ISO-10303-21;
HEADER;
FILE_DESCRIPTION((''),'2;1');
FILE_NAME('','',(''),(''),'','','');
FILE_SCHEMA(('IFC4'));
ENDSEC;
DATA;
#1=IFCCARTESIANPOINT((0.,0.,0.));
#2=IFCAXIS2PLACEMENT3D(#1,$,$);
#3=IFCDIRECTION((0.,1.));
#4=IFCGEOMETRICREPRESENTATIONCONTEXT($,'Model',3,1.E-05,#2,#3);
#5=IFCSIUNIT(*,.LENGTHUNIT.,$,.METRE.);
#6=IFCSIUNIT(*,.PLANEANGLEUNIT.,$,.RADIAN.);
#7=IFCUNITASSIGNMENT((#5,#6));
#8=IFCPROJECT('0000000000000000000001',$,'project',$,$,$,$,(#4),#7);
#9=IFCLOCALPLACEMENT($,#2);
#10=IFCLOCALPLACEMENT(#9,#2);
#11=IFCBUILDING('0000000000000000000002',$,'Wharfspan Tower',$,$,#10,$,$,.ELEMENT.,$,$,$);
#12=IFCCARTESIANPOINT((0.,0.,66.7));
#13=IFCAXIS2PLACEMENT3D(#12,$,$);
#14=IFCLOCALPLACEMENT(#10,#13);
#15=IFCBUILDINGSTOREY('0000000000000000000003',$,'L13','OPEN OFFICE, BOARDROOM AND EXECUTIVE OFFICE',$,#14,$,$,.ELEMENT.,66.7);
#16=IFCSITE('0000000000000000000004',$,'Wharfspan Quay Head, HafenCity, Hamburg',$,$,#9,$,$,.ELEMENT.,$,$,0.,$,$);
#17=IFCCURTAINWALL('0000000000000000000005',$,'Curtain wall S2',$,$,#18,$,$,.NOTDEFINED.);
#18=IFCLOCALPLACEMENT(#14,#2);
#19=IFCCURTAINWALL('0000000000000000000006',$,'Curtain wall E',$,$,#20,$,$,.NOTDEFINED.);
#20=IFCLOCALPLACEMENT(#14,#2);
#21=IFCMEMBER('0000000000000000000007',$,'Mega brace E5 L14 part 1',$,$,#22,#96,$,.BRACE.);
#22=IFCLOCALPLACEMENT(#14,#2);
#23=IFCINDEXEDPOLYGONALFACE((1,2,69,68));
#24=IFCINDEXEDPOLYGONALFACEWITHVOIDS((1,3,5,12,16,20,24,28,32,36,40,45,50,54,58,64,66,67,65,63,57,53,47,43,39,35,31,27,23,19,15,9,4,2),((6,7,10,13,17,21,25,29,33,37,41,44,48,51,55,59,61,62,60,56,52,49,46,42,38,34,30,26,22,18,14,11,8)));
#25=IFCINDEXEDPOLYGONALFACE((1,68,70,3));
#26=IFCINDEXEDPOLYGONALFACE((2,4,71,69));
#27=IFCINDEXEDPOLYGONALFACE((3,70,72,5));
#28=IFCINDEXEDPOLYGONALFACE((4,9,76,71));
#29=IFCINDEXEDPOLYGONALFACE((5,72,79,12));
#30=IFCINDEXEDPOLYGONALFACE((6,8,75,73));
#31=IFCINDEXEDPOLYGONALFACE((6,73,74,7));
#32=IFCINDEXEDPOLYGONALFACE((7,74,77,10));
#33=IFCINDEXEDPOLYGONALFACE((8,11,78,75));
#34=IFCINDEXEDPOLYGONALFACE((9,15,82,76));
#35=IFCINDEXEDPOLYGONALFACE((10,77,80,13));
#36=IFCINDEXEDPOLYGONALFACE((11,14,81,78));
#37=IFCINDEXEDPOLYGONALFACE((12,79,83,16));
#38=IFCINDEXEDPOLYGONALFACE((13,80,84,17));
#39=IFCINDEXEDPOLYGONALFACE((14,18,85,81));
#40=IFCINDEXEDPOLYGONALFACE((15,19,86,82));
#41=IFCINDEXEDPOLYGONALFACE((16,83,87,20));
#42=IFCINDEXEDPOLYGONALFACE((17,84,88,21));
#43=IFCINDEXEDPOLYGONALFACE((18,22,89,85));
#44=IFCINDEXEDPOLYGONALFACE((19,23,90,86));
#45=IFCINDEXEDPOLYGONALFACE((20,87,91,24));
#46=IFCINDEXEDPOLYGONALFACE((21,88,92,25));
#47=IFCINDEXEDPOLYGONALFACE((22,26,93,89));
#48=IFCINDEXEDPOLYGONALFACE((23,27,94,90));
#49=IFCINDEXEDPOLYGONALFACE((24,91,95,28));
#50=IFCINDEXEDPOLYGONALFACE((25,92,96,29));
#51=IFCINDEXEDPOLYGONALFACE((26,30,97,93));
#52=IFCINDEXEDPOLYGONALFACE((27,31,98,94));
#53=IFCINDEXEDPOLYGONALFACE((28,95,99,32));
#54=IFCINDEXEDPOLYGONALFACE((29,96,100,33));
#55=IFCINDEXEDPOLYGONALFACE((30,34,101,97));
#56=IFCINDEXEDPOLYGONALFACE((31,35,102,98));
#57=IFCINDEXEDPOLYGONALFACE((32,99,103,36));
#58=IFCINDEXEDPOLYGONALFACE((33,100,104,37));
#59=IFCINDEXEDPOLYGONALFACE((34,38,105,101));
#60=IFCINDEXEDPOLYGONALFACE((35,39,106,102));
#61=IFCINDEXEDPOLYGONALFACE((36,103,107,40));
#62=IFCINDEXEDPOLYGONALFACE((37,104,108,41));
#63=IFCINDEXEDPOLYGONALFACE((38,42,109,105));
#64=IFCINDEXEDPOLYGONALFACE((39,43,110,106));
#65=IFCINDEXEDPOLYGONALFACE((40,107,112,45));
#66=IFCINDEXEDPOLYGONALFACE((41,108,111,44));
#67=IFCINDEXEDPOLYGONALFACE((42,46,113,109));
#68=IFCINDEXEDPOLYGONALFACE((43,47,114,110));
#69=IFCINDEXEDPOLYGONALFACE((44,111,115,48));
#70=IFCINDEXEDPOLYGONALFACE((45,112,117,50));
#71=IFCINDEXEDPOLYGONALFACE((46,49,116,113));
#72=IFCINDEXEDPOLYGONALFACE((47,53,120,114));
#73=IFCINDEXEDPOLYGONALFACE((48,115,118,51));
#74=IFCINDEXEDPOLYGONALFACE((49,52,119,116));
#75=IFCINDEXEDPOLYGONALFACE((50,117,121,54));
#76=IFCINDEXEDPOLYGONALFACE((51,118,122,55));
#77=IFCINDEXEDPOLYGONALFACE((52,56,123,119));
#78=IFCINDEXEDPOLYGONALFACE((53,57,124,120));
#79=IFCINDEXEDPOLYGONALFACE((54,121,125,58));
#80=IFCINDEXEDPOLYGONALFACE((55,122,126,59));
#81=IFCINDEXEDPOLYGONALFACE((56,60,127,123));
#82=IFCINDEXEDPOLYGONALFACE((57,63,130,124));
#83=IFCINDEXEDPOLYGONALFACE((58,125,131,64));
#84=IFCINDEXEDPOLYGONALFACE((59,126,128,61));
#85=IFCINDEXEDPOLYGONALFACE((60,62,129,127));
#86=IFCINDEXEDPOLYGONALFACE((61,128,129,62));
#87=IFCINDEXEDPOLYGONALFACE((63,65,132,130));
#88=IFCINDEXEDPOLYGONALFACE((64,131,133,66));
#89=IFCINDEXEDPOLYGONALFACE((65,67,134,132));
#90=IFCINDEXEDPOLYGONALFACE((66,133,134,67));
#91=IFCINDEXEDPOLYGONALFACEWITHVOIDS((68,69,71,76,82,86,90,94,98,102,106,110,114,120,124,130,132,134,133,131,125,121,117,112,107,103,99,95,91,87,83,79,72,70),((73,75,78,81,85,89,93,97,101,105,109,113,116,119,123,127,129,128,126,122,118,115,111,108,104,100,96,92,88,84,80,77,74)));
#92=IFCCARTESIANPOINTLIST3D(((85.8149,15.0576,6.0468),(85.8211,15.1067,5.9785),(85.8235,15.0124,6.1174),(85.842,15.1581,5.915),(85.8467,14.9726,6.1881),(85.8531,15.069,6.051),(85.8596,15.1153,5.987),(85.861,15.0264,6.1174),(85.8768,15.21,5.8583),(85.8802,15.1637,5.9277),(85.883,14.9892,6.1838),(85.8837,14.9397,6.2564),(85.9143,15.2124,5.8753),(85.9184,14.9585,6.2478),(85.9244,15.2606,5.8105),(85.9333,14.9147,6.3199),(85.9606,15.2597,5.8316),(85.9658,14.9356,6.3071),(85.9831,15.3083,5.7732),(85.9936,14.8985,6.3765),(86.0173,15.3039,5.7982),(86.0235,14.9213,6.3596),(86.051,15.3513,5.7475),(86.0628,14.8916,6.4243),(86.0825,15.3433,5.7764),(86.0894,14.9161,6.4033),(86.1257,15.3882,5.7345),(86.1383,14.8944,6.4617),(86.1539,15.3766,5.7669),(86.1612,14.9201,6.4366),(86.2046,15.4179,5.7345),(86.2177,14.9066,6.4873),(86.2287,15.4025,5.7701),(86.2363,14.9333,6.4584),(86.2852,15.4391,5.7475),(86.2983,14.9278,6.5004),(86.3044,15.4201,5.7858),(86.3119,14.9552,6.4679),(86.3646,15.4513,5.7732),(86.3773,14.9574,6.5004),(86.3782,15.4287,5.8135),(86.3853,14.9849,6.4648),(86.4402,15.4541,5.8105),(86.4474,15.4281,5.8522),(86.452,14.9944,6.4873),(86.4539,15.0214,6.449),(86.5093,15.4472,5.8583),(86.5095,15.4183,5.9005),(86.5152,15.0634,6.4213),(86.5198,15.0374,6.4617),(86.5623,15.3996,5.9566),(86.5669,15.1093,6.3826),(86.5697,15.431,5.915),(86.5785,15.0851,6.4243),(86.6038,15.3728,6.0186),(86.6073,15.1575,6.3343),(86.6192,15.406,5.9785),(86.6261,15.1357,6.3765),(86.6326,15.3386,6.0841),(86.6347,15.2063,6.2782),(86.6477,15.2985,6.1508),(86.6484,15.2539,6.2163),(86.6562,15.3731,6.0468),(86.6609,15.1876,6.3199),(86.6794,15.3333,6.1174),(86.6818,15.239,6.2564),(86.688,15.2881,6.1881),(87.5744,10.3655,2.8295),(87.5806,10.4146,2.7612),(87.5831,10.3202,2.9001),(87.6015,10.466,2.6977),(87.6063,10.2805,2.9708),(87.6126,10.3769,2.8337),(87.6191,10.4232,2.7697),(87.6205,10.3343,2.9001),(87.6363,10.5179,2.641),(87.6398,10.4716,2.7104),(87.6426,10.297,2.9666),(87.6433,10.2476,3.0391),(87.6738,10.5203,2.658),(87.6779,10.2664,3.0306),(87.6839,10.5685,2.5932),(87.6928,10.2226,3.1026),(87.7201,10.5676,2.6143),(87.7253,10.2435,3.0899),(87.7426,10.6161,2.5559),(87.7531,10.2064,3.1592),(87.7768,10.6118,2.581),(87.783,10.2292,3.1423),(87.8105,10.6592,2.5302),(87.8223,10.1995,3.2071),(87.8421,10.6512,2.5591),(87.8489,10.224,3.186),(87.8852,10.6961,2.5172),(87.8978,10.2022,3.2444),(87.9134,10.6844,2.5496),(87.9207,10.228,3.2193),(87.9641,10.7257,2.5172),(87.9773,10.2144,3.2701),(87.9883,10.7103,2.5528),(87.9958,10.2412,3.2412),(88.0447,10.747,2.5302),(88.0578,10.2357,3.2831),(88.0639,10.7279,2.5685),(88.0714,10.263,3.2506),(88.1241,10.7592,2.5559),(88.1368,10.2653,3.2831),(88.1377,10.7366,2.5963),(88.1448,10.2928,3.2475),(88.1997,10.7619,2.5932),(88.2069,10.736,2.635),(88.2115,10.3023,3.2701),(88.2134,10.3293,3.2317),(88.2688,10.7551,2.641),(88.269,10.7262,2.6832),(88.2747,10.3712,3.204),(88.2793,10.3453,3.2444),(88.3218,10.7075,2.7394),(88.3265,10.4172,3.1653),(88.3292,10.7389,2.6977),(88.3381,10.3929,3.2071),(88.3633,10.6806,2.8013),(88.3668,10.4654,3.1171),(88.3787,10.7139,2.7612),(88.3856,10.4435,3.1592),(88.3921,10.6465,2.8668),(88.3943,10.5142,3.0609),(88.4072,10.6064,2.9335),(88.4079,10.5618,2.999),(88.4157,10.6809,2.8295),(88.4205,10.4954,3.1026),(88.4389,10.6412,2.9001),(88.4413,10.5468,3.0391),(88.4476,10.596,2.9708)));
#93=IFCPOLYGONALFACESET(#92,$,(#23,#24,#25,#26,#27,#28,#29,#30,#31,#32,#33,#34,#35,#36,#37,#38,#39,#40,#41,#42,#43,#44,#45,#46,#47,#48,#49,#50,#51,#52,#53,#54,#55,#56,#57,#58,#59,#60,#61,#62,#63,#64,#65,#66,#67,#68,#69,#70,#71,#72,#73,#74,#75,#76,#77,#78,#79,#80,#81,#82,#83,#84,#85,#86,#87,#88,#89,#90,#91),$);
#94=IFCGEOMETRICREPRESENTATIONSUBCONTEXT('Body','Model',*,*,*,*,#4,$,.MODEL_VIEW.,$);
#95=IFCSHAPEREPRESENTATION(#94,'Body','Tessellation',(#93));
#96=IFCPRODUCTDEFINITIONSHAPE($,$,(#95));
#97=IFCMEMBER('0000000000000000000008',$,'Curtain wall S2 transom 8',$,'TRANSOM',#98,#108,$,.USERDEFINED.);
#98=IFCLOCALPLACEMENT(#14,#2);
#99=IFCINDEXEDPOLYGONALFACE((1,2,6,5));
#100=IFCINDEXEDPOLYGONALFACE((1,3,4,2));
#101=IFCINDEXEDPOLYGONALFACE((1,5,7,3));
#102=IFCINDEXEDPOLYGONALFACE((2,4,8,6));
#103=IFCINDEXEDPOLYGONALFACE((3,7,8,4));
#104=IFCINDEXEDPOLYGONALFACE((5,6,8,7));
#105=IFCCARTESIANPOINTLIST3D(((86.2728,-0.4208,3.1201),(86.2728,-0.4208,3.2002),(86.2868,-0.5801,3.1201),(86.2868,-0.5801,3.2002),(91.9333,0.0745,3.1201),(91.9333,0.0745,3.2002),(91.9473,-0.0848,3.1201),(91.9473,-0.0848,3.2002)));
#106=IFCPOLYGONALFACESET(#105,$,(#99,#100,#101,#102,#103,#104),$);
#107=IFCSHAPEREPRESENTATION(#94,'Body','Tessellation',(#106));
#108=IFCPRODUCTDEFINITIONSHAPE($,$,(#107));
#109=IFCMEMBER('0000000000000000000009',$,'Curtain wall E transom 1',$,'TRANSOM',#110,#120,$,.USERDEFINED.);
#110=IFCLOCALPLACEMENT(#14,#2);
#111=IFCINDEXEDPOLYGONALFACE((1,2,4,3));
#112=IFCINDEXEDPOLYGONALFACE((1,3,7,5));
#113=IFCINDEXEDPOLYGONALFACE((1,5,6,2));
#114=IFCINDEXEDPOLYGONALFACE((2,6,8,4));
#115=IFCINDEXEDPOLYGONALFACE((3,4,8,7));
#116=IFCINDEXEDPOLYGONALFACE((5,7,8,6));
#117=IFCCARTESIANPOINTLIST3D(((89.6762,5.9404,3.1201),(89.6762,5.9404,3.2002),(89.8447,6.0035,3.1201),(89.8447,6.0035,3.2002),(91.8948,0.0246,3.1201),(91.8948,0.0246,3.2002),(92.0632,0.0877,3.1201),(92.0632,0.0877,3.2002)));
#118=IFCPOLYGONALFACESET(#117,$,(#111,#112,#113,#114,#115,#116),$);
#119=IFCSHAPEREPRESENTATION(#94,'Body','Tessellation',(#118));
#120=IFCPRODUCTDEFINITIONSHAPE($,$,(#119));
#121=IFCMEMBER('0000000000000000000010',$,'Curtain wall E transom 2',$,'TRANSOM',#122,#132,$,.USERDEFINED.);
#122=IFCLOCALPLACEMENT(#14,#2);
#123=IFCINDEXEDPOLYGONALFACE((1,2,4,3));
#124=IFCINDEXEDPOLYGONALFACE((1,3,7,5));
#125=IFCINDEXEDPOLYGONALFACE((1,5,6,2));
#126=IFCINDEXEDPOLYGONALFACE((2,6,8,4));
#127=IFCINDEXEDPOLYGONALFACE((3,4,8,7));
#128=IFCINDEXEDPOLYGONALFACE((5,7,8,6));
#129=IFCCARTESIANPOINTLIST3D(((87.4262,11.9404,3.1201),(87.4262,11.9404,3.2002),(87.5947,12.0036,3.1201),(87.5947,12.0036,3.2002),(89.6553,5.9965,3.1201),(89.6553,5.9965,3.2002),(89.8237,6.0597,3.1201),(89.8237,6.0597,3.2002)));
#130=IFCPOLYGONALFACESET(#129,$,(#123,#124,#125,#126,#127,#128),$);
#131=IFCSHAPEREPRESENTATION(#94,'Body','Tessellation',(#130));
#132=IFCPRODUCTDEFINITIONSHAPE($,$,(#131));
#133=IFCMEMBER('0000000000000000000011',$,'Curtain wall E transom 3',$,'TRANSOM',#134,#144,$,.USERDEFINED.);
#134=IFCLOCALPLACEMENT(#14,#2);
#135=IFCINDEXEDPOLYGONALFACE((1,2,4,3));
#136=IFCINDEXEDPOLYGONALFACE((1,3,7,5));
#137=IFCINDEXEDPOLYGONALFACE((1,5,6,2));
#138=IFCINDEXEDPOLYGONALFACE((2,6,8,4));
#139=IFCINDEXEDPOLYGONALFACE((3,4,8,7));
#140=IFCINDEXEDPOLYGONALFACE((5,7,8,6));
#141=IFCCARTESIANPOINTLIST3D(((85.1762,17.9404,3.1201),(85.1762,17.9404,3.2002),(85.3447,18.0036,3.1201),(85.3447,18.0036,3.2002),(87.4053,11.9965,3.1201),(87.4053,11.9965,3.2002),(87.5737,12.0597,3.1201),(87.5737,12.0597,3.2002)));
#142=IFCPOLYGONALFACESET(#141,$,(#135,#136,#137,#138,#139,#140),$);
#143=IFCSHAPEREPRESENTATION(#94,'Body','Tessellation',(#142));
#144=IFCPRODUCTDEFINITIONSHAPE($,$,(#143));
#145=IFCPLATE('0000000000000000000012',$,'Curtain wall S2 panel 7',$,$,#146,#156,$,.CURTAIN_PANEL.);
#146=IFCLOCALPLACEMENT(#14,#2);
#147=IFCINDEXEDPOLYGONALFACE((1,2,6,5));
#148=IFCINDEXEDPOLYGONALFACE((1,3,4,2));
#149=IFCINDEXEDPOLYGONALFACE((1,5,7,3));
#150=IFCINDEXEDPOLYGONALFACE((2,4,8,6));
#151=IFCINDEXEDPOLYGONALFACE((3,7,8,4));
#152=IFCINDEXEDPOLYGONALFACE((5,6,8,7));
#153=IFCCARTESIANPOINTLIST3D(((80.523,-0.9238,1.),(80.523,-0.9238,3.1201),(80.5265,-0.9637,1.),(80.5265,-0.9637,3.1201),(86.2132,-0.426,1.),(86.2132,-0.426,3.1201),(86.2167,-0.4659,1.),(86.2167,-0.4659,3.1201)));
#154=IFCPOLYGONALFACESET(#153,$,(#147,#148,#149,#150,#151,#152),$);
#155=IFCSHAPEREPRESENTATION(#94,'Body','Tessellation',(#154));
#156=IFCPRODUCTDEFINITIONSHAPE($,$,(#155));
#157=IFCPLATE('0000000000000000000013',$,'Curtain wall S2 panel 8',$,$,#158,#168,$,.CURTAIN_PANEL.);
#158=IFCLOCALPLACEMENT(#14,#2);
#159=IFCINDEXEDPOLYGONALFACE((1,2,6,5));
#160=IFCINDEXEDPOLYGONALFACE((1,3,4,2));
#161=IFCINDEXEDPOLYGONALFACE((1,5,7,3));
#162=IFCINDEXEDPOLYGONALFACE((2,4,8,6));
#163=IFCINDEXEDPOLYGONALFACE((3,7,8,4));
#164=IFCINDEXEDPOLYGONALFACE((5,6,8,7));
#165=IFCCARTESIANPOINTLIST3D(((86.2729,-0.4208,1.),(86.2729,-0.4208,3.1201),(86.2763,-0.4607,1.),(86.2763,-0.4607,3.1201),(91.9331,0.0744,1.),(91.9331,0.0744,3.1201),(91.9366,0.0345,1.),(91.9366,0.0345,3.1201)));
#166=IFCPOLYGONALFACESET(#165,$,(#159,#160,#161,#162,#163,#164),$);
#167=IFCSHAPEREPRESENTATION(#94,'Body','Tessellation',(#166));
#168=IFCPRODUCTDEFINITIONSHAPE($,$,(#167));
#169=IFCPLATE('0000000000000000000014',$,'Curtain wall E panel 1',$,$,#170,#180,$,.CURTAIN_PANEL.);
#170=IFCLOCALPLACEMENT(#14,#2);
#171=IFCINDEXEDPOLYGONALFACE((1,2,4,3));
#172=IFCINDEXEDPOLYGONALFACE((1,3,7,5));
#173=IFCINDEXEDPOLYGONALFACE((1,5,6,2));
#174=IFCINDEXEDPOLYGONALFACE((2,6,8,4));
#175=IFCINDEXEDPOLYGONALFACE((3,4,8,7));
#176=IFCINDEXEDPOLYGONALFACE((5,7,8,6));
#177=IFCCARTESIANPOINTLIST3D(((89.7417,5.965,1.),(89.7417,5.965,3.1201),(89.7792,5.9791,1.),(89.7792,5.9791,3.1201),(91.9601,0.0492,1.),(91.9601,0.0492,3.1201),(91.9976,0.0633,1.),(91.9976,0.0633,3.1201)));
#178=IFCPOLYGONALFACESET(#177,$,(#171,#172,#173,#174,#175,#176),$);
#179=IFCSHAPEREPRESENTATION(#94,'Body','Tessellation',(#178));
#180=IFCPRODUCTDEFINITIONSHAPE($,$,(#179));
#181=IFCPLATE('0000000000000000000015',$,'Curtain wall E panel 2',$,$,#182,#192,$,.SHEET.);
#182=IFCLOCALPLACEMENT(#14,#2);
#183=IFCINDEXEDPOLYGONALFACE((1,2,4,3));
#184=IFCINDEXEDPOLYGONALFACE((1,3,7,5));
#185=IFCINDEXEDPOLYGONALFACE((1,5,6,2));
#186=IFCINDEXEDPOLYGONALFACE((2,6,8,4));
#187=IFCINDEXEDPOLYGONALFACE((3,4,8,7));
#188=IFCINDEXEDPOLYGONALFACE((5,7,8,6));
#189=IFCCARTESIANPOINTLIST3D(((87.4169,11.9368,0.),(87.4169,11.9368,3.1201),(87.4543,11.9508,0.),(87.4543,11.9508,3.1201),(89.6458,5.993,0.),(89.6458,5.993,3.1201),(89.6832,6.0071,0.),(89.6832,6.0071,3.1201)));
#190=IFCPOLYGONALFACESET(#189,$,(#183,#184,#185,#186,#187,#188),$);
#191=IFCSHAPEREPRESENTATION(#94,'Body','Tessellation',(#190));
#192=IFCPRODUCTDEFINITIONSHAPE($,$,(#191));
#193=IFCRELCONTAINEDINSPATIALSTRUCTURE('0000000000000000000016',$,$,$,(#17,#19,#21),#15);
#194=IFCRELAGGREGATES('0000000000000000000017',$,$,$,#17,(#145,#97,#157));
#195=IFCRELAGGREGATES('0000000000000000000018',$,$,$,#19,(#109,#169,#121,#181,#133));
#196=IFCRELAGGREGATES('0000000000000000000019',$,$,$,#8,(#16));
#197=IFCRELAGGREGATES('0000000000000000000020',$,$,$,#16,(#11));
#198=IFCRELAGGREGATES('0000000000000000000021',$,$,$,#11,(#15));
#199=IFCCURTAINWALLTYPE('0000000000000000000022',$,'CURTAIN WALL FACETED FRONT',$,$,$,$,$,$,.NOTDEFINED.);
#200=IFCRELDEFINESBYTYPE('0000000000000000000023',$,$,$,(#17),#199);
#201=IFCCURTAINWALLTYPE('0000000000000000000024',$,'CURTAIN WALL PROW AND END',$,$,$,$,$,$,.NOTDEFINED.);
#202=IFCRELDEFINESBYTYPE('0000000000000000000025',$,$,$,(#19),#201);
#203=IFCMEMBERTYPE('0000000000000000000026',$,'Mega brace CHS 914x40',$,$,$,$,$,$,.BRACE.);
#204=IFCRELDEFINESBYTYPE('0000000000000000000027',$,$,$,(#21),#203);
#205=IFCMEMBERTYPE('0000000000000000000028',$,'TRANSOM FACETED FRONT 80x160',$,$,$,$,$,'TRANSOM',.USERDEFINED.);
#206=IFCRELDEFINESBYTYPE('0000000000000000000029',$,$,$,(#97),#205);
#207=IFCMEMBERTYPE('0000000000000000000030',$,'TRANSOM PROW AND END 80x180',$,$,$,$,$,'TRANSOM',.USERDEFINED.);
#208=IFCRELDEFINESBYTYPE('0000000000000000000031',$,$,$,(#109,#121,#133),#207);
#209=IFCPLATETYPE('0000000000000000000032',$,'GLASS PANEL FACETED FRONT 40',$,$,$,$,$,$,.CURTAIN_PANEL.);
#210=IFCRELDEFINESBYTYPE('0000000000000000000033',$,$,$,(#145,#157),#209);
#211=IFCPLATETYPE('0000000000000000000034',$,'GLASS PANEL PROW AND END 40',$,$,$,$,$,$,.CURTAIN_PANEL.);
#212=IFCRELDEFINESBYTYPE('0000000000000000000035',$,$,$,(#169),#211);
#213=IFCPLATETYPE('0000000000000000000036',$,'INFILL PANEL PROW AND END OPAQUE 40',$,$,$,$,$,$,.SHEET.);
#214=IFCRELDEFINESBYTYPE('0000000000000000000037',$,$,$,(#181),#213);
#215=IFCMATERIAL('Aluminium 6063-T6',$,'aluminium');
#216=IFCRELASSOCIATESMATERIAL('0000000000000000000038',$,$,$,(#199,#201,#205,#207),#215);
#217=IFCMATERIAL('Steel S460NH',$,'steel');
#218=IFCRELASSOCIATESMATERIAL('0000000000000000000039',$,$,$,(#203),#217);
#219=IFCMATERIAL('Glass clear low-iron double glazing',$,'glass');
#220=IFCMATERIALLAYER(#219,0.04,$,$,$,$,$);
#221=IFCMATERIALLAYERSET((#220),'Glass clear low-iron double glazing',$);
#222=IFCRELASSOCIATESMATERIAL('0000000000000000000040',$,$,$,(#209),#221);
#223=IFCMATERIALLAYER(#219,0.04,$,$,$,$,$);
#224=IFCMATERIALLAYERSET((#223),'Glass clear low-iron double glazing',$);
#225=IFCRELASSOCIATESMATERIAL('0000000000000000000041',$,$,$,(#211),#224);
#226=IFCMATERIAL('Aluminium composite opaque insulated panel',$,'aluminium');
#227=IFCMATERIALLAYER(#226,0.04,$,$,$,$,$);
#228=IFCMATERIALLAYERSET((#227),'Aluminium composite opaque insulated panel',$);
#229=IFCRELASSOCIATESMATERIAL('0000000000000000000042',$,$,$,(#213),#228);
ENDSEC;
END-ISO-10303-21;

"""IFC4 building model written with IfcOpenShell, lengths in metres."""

from ifc_helpers import new_model, si_unit, direction, frame, origin, origin_2d, place, context, subcontext, project, spatial, rectangle, hollow_circle, extrude, material, layer, layer_set, material_profile, profile_set, type_object, element, aggregate, save


model = new_model("IFC4")

# Units and contexts
model_context = context("Model", 3, precision=1e-05, world=origin(), true_north=direction((0.0, 1.0)))
body_context = subcontext(model_context, "Body", "Model", "MODEL_VIEW")
ifc_project = project(units=[si_unit("LENGTHUNIT", "METRE"), si_unit("PLANEANGLEUNIT", "RADIAN")], contexts=[model_context])

# Site, building, storey
site_placement = place(None, origin())
site = spatial("IfcSite", under=ifc_project, at=site_placement, Name="Wharfspan Quay Head, HafenCity, Hamburg", CompositionType="ELEMENT", RefElevation=0.0)
building_placement = place(site_placement, origin())
building = spatial("IfcBuilding", under=site, at=building_placement, Name="Wharfspan Tower", CompositionType="ELEMENT")
storey_placement = place(building_placement, frame((0.0, 0.0, 66.7)))
storey = spatial("IfcBuildingStorey", under=building, at=storey_placement, Name="L13", Description="OPEN OFFICE, BOARDROOM AND EXECUTIVE OFFICE", CompositionType="ELEMENT", Elevation=66.7)

# Curtain walls
ifc_material_1 = material(Name="Aluminium 6063-T6", Category="aluminium")
curtain_wall_type_1 = type_object("IfcCurtainWallType", Name="CURTAIN WALL FACETED FRONT", PredefinedType="NOTDEFINED", material=ifc_material_1)
curtain_wall_1_placement = place(storey_placement, origin())
curtain_wall_1 = element("IfcCurtainWall", 1, at=curtain_wall_1_placement, inside=storey, type_object=curtain_wall_type_1, Name="Curtain wall S2", PredefinedType="NOTDEFINED")
curtain_wall_type_2 = type_object("IfcCurtainWallType", Name="CURTAIN WALL PROW AND END", PredefinedType="NOTDEFINED", material=ifc_material_1)
curtain_wall_2_placement = place(storey_placement, origin())
curtain_wall_2 = element("IfcCurtainWall", 2, at=curtain_wall_2_placement, inside=storey, type_object=curtain_wall_type_2, Name="Curtain wall E", PredefinedType="NOTDEFINED")

# Members
ifc_material_2 = material(Name="Steel S460NH", Category="steel")
ifc_material_profile_1 = material_profile(ifc_material_2, hollow_circle(Radius=0.457, WallThickness=0.04, at=origin_2d()))
ifc_profile_set_1 = profile_set([ifc_material_profile_1], Name="Steel S460NH")
member_type_1 = type_object("IfcMemberType", Name="Mega brace CHS 914x40", PredefinedType="BRACE", material=ifc_profile_set_1)
member_1_placement = place(storey_placement, frame((88.011, 10.4807, 2.9001), z_axis=(-0.295466, 0.787922, 0.540259), x_axis=(-0.936329, -0.351115, -0.000004)))
element("IfcMember", 3, at=member_1_placement, inside=storey, type_object=member_type_1, Name="Mega brace E5 L14 part 1", PredefinedType="BRACE", context=body_context, shape_type="SweptSolid", body=[
    extrude(hollow_circle(Radius=0.457, WallThickness=0.04, at=origin_2d()), origin(), (0.0, 0.0, 1.0), 5.9551),
])
ifc_material_profile_2 = material_profile(ifc_material_1, rectangle(XDim=0.1599, YDim=0.0801, at=origin_2d()))
ifc_profile_set_2 = profile_set([ifc_material_profile_2], Name="Aluminium 6063-T6")
member_type_2 = type_object("IfcMemberType", Name="TRANSOM FACETED FRONT 80x160", ElementType="TRANSOM", PredefinedType="USERDEFINED", material=ifc_profile_set_2)
member_2_placement = place(storey_placement, frame((86.2798, -0.5005, 3.1602), z_axis=(0.996193, 0.08718, 0.0), x_axis=(-0.08718, 0.996193, 0.0)))
member_2 = element("IfcMember", 4, at=member_2_placement, type_object=member_type_2, Name="Curtain wall S2 transom 8", ObjectType="TRANSOM", PredefinedType="USERDEFINED", context=body_context, shape_type="SweptSolid", body=[
    extrude(rectangle(XDim=0.1599, YDim=0.0801, at=origin_2d()), origin(), (0.0, 0.0, 1.0), 5.6821),
])
ifc_material_profile_3 = material_profile(ifc_material_1, rectangle(XDim=0.1799, YDim=0.0801, at=origin_2d()))
ifc_profile_set_3 = profile_set([ifc_material_profile_3], Name="Aluminium 6063-T6")
member_type_3 = type_object("IfcMemberType", Name="TRANSOM PROW AND END 80x180", ElementType="TRANSOM", PredefinedType="USERDEFINED", material=ifc_profile_set_3)
member_3_placement = place(storey_placement, frame((91.979, 0.0562, 3.1602), z_axis=(-0.351136, 0.936324, 0.0), x_axis=(-0.936324, -0.351136, 0.0)))
member_3 = element("IfcMember", 5, at=member_3_placement, type_object=member_type_3, Name="Curtain wall E transom 1", ObjectType="TRANSOM", PredefinedType="USERDEFINED", context=body_context, shape_type="SweptSolid", body=[
    extrude(rectangle(XDim=0.1799, YDim=0.0801, at=origin_2d()), origin(), (0.0, 0.0, 1.0), 6.3181),
])
member_4_placement = place(storey_placement, frame((89.7395, 6.0281, 3.1602), z_axis=(-0.351132, 0.936326, 0.0), x_axis=(-0.936326, -0.351132, 0.0)))
member_4 = element("IfcMember", 6, at=member_4_placement, type_object=member_type_3, Name="Curtain wall E transom 2", ObjectType="TRANSOM", PredefinedType="USERDEFINED", context=body_context, shape_type="SweptSolid", body=[
    extrude(rectangle(XDim=0.1799, YDim=0.0801, at=origin_2d()), origin(), (0.0, 0.0, 1.0), 6.3481),
])
member_5_placement = place(storey_placement, frame((87.4895, 12.0281, 3.1602), z_axis=(-0.351132, 0.936326, 0.0), x_axis=(-0.936326, -0.351132, 0.0)))
member_5 = element("IfcMember", 7, at=member_5_placement, type_object=member_type_3, Name="Curtain wall E transom 3", ObjectType="TRANSOM", PredefinedType="USERDEFINED", context=body_context, shape_type="SweptSolid", body=[
    extrude(rectangle(XDim=0.1799, YDim=0.0801, at=origin_2d()), origin(), (0.0, 0.0, 1.0), 6.3481),
])

# Plates
ifc_material_3 = material(Name="Glass clear low-iron double glazing", Category="glass")
ifc_layer_1 = layer(ifc_material_3, 0.04)
ifc_layer_set_1 = layer_set([ifc_layer_1], Name="Glass clear low-iron double glazing")
plate_type_1 = type_object("IfcPlateType", Name="GLASS PANEL FACETED FRONT 40", PredefinedType="CURTAIN_PANEL", material=ifc_layer_set_1)
plate_1_placement = place(storey_placement, frame((83.3699, -0.6948, 1.0), z_axis=(0.0, 0.0, 1.0), x_axis=(0.996197, 0.087156, 0.0)))
plate_1 = element("IfcPlate", 8, at=plate_1_placement, type_object=plate_type_1, Name="Curtain wall S2 panel 7", PredefinedType="CURTAIN_PANEL", context=body_context, shape_type="SweptSolid", body=[
    extrude(rectangle(XDim=5.7119, YDim=0.04, at=origin_2d()), origin(), (0.0, 0.0, 1.0), 2.1201),
])
plate_2_placement = place(storey_placement, frame((89.1047, -0.1931, 1.0), z_axis=(0.0, 0.0, 1.0), x_axis=(0.996197, 0.087156, 0.0)))
plate_2 = element("IfcPlate", 9, at=plate_2_placement, type_object=plate_type_1, Name="Curtain wall S2 panel 8", PredefinedType="CURTAIN_PANEL", context=body_context, shape_type="SweptSolid", body=[
    extrude(rectangle(XDim=5.6819, YDim=0.04, at=origin_2d()), origin(), (0.0, 0.0, 1.0), 2.1201),
])
aggregate(curtain_wall_1, [plate_1, member_2, plate_2])
ifc_layer_2 = layer(ifc_material_3, 0.04)
ifc_layer_set_2 = layer_set([ifc_layer_2], Name="Glass clear low-iron double glazing")
plate_type_2 = type_object("IfcPlateType", Name="GLASS PANEL PROW AND END 40", PredefinedType="CURTAIN_PANEL", material=ifc_layer_set_2)
plate_3_placement = place(storey_placement, frame((90.8696, 3.0142, 1.0), z_axis=(0.0, 0.0, 1.0), x_axis=(-0.351123, 0.936328, 0.0)))
plate_3 = element("IfcPlate", 10, at=plate_3_placement, type_object=plate_type_2, Name="Curtain wall E panel 1", PredefinedType="CURTAIN_PANEL", context=body_context, shape_type="SweptSolid", body=[
    extrude(rectangle(XDim=6.3181, YDim=0.04, at=origin_2d()), origin(), (0.0, 0.0, 1.0), 2.1201),
])
ifc_material_4 = material(Name="Aluminium composite opaque insulated panel", Category="aluminium")
ifc_layer_3 = layer(ifc_material_4, 0.04)
ifc_layer_set_3 = layer_set([ifc_layer_3], Name="Aluminium composite opaque insulated panel")
plate_type_3 = type_object("IfcPlateType", Name="INFILL PANEL PROW AND END OPAQUE 40", PredefinedType="SHEET", material=ifc_layer_set_3)
plate_4_placement = place(storey_placement, frame((88.55, 8.9719, 0.0), z_axis=(0.0, 0.0, 1.0), x_axis=(-0.351123, 0.936328, 0.0)))
plate_4 = element("IfcPlate", 11, at=plate_4_placement, type_object=plate_type_3, Name="Curtain wall E panel 2", PredefinedType="SHEET", context=body_context, shape_type="SweptSolid", body=[
    extrude(rectangle(XDim=6.3479, YDim=0.04, at=origin_2d()), origin(), (0.0, 0.0, 1.0), 3.1201),
])
aggregate(curtain_wall_2, [member_3, plate_3, member_4, plate_4, member_5])

save(model, "model.ifc")
